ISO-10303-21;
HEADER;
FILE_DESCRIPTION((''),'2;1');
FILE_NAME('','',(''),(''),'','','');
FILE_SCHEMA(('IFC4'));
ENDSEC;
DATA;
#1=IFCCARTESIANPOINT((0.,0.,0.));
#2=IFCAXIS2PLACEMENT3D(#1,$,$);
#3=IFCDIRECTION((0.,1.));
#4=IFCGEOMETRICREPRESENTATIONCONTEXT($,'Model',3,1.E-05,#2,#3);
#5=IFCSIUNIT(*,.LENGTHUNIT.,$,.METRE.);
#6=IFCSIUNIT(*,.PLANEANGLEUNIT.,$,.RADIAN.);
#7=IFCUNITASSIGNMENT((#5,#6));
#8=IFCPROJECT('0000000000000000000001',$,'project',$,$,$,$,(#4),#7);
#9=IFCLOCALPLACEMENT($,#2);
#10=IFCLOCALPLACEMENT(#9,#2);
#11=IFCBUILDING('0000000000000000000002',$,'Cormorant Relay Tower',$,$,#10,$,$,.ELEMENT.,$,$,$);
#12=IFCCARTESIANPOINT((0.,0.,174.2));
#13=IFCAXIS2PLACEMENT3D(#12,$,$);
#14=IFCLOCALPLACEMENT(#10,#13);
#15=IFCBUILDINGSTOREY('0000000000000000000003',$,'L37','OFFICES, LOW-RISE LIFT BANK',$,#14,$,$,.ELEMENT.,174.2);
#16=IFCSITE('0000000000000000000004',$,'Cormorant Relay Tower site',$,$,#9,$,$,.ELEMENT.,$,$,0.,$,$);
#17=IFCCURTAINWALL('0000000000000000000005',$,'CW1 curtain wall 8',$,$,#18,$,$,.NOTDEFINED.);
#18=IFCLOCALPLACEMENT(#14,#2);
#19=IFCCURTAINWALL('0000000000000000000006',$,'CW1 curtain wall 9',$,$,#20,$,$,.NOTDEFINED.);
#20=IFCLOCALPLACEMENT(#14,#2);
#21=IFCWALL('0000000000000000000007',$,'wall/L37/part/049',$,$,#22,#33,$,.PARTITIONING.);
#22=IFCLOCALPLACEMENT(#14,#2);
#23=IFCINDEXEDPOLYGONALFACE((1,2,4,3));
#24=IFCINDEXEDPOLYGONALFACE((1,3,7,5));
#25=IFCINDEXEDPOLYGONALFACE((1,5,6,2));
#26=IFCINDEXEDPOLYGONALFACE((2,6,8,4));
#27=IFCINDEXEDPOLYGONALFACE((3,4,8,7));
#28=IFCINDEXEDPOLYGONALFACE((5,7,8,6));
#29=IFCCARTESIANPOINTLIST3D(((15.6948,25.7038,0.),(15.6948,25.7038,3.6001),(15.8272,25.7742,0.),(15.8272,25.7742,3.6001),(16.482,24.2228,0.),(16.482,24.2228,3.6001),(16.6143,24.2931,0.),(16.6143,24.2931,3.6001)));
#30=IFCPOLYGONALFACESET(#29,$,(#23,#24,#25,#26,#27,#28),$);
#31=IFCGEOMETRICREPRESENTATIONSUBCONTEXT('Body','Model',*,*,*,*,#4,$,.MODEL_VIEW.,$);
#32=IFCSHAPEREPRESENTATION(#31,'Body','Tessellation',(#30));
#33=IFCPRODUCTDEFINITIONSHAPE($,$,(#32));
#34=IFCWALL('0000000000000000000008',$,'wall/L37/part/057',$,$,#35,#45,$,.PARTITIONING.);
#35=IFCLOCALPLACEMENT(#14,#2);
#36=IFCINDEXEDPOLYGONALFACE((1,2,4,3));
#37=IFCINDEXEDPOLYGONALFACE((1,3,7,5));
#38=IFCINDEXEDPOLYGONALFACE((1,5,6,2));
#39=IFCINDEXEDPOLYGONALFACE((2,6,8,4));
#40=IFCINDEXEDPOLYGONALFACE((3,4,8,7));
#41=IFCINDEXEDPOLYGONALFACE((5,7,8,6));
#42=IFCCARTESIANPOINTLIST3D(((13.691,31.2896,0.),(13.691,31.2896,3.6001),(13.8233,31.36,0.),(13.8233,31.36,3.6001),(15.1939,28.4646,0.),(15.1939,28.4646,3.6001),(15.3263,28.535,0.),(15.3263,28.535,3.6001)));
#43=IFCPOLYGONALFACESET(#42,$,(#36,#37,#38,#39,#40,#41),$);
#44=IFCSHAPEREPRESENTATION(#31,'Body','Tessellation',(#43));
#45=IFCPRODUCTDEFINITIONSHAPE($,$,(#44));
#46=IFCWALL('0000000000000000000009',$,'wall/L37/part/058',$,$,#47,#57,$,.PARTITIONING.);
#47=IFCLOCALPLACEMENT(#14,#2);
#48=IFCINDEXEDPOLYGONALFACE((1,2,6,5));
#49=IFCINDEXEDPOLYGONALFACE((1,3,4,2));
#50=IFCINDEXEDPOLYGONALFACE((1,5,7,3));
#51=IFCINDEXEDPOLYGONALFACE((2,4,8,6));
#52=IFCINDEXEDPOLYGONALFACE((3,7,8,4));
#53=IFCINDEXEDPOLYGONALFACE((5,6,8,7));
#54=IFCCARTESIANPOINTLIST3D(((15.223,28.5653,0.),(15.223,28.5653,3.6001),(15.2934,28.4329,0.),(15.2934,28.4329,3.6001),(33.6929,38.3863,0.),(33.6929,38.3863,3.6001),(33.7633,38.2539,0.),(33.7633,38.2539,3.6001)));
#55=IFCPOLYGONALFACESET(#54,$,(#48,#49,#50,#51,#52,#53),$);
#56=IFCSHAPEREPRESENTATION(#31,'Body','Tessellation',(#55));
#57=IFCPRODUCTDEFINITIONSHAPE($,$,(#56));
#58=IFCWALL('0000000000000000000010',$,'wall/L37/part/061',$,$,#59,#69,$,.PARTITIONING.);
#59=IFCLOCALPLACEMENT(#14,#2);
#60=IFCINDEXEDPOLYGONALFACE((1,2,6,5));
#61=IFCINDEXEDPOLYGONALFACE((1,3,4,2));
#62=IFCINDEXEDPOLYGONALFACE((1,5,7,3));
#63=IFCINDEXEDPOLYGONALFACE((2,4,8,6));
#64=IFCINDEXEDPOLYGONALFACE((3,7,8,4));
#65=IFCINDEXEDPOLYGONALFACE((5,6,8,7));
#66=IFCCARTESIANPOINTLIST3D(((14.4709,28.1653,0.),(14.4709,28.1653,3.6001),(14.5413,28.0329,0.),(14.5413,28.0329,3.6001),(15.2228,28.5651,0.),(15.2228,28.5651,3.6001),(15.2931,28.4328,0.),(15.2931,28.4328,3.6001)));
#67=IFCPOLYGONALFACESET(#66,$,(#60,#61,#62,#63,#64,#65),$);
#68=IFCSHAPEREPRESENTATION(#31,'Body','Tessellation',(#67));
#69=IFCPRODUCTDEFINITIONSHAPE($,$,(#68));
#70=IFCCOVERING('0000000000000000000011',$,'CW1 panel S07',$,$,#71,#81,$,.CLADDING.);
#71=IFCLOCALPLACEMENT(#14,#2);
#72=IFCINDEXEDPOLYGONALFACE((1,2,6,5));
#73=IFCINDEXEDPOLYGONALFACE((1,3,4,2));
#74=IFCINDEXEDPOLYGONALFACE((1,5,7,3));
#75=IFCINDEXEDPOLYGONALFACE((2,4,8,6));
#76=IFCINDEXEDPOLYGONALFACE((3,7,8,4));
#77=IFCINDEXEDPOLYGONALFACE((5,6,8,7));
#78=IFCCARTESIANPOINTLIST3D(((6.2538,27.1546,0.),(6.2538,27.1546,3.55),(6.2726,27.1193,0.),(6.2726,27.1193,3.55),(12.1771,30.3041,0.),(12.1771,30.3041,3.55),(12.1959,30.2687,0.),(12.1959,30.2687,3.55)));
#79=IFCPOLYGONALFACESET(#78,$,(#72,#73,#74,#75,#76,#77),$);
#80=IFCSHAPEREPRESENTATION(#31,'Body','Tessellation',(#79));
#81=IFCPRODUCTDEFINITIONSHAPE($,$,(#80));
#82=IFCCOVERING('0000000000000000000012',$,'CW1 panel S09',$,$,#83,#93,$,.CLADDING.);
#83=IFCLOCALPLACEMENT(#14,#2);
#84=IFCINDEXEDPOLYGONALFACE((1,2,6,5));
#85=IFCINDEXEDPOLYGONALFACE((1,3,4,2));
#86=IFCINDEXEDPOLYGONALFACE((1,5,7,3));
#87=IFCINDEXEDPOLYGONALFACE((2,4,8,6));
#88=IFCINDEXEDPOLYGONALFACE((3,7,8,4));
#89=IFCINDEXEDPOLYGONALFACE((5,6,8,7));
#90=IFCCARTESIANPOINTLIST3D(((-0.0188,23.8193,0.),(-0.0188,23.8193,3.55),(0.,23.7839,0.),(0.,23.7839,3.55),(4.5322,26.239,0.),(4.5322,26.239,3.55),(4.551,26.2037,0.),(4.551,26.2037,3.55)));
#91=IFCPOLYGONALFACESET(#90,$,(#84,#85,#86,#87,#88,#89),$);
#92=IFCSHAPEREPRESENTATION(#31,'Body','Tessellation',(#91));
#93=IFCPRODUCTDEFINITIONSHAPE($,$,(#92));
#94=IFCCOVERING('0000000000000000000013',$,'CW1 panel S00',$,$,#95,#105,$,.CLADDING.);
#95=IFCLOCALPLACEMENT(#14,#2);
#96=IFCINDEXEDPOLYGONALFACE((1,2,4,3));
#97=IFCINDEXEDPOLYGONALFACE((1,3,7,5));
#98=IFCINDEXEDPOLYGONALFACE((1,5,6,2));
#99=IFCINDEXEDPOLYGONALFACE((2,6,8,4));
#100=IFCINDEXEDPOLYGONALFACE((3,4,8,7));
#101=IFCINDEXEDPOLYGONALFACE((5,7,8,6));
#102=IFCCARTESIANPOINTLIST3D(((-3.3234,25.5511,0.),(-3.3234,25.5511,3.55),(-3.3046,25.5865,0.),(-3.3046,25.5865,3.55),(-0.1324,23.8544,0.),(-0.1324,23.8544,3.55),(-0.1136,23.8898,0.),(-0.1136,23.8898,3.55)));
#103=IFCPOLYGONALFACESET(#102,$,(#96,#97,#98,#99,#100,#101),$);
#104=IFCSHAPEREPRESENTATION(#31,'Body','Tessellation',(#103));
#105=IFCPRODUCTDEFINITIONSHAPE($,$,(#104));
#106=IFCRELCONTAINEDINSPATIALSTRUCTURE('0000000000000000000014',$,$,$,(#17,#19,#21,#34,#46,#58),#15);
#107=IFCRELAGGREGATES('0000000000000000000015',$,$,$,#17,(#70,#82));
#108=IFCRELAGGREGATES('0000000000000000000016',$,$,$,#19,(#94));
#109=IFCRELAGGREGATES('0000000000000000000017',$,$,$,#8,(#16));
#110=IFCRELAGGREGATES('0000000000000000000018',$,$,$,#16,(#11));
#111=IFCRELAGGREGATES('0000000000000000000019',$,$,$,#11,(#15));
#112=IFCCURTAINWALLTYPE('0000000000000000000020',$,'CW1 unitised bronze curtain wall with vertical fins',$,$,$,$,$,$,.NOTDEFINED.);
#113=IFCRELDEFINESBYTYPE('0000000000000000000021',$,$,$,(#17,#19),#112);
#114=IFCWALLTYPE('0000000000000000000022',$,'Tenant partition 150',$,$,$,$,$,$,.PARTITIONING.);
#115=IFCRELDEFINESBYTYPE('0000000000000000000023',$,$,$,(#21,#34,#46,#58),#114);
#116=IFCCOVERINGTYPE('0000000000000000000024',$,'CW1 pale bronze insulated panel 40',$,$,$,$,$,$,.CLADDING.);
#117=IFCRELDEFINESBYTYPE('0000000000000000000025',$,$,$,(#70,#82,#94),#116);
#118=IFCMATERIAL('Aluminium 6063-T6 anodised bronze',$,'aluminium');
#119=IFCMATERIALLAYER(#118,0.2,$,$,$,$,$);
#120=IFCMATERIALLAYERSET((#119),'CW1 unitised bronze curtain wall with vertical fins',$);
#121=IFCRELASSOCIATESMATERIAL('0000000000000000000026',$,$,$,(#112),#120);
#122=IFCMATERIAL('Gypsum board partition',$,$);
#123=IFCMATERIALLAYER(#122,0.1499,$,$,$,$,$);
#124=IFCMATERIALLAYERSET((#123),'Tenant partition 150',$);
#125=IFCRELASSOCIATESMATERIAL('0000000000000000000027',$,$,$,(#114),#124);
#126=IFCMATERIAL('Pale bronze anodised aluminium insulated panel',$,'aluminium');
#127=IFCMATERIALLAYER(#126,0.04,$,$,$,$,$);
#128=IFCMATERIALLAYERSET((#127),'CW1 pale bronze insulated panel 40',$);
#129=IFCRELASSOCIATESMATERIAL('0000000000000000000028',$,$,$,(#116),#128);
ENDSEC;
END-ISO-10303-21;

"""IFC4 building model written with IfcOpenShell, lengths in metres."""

from ifc_helpers import new_model, si_unit, direction, frame, frame_2d, origin, origin_2d, place, context, subcontext, project, spatial, rectangle, extrude, material, layer, layer_set, type_object, element, aggregate, save


model = new_model("IFC4")

# Units and contexts
model_context = context("Model", 3, precision=1e-05, world=origin(), true_north=direction((0.0, 1.0)))
body_context = subcontext(model_context, "Body", "Model", "MODEL_VIEW")
ifc_project = project(units=[si_unit("LENGTHUNIT", "METRE"), si_unit("PLANEANGLEUNIT", "RADIAN")], contexts=[model_context])

# Site, building, storey
site_placement = place(None, origin())
site = spatial("IfcSite", under=ifc_project, at=site_placement, Name="Cormorant Relay Tower site", CompositionType="ELEMENT", RefElevation=0.0)
building_placement = place(site_placement, origin())
building = spatial("IfcBuilding", under=site, at=building_placement, Name="Cormorant Relay Tower", CompositionType="ELEMENT")
storey_placement = place(building_placement, frame((0.0, 0.0, 174.2)))
storey = spatial("IfcBuildingStorey", under=building, at=storey_placement, Name="L37", Description="OFFICES, LOW-RISE LIFT BANK", CompositionType="ELEMENT", Elevation=174.2)

# Curtain walls
ifc_material_1 = material(Name="Aluminium 6063-T6 anodised bronze", Category="aluminium")
ifc_layer_1 = layer(ifc_material_1, 0.2)
ifc_layer_set_1 = layer_set([ifc_layer_1], Name="CW1 unitised bronze curtain wall with vertical fins")
curtain_wall_type = type_object("IfcCurtainWallType", Name="CW1 unitised bronze curtain wall with vertical fins", PredefinedType="NOTDEFINED", material=ifc_layer_set_1)
curtain_wall_1_placement = place(storey_placement, origin())
curtain_wall_1 = element("IfcCurtainWall", 1, at=curtain_wall_1_placement, inside=storey, type_object=curtain_wall_type, Name="CW1 curtain wall 8", PredefinedType="NOTDEFINED")
curtain_wall_2_placement = place(storey_placement, origin())
curtain_wall_2 = element("IfcCurtainWall", 2, at=curtain_wall_2_placement, inside=storey, type_object=curtain_wall_type, Name="CW1 curtain wall 9", PredefinedType="NOTDEFINED")

# Walls
ifc_material_2 = material(Name="Gypsum board partition")
ifc_layer_2 = layer(ifc_material_2, 0.1499)
ifc_layer_set_2 = layer_set([ifc_layer_2], Name="Tenant partition 150")
wall_type_1 = type_object("IfcWallType", Name="Tenant partition 150", PredefinedType="PARTITIONING", material=ifc_layer_set_2)
wall_1_placement = place(storey_placement, frame((15.761, 25.739, 0.0), z_axis=(0.0, 0.0, 1.0), x_axis=(0.469318, -0.883029, 0.0)))
element("IfcWall", 3, at=wall_1_placement, inside=storey, type_object=wall_type_1, Name="wall/L37/part/049", PredefinedType="PARTITIONING", context=body_context, shape_type="SweptSolid", body=[
    extrude(rectangle(XDim=1.6772, YDim=0.1499, at=frame_2d((0.8386, 0.0))), origin(), (0.0, 0.0, 1.0), 3.6001),
])
wall_2_placement = place(storey_placement, frame((13.7571, 31.325, 0.0), z_axis=(0.0, 0.0, 1.0), x_axis=(0.469685, -0.882834, 0.0)))
element("IfcWall", 4, at=wall_2_placement, inside=storey, type_object=wall_type_1, Name="wall/L37/part/057", PredefinedType="PARTITIONING", context=body_context, shape_type="SweptSolid", body=[
    extrude(rectangle(XDim=3.2, YDim=0.1499, at=frame_2d((1.6001, 0.0))), origin(), (0.0, 0.0, 1.0), 3.6001),
])
wall_3_placement = place(storey_placement, frame((15.2581, 28.499, 0.0), z_axis=(0.0, 0.0, 1.0), x_axis=(0.88294, 0.469486, 0.0)))
element("IfcWall", 5, at=wall_3_placement, inside=storey, type_object=wall_type_1, Name="wall/L37/part/058", PredefinedType="PARTITIONING", context=body_context, shape_type="SweptSolid", body=[
    extrude(rectangle(XDim=20.9187, YDim=0.1499, at=frame_2d((10.4595, 0.0))), origin(), (0.0, 0.0, 1.0), 3.6001),
])
wall_4_placement = place(storey_placement, frame((14.5061, 28.0991, 0.0), z_axis=(0.0, 0.0, 1.0), x_axis=(0.882908, 0.469546, 0.0)))
element("IfcWall", 6, at=wall_4_placement, inside=storey, type_object=wall_type_1, Name="wall/L37/part/061", PredefinedType="PARTITIONING", context=body_context, shape_type="SweptSolid", body=[
    extrude(rectangle(XDim=0.8516, YDim=0.1499, at=frame_2d((0.4258, 0.0))), origin(), (0.0, 0.0, 1.0), 3.6001),
])

# Coverings
ifc_material_3 = material(Name="Pale bronze anodised aluminium insulated panel", Category="aluminium")
ifc_layer_3 = layer(ifc_material_3, 0.04)
ifc_layer_set_3 = layer_set([ifc_layer_3], Name="CW1 pale bronze insulated panel 40")
covering_type = type_object("IfcCoveringType", Name="CW1 pale bronze insulated panel 40", PredefinedType="CLADDING", material=ifc_layer_set_3)
covering_1_placement = place(storey_placement, frame((9.2249, 28.7117, 0.0), z_axis=(0.0, 0.0, 1.0), x_axis=(-0.882948, -0.469472, 0.0)))
covering_1 = element("IfcCovering", 7, at=covering_1_placement, type_object=covering_type, Name="CW1 panel S07", PredefinedType="CLADDING", context=body_context, shape_type="SweptSolid", body=[
    extrude(rectangle(XDim=6.7085, YDim=0.04, at=origin_2d()), origin(), (0.0, 0.0, 1.0), 3.55),
])
covering_2_placement = place(storey_placement, frame((2.2661, 25.0115, 0.0), z_axis=(0.0, 0.0, 1.0), x_axis=(-0.882948, -0.469472, 0.0)))
covering_2 = element("IfcCovering", 8, at=covering_2_placement, type_object=covering_type, Name="CW1 panel S09", PredefinedType="CLADDING", context=body_context, shape_type="SweptSolid", body=[
    extrude(rectangle(XDim=5.1543, YDim=0.04, at=origin_2d()), origin(), (0.0, 0.0, 1.0), 3.55),
])
aggregate(curtain_wall_1, [covering_1, covering_2])
covering_3_placement = place(storey_placement, frame((-1.7185, 24.7205, 0.0), z_axis=(0.0, 0.0, 1.0), x_axis=(-0.882948, 0.469472, 0.0)))
covering_3 = element("IfcCovering", 9, at=covering_3_placement, type_object=covering_type, Name="CW1 panel S00", PredefinedType="CLADDING", context=body_context, shape_type="SweptSolid", body=[
    extrude(rectangle(XDim=3.614, YDim=0.04, at=origin_2d()), origin(), (0.0, 0.0, 1.0), 3.55),
])
aggregate(curtain_wall_2, [covering_3])

save(model, "model.ifc")
